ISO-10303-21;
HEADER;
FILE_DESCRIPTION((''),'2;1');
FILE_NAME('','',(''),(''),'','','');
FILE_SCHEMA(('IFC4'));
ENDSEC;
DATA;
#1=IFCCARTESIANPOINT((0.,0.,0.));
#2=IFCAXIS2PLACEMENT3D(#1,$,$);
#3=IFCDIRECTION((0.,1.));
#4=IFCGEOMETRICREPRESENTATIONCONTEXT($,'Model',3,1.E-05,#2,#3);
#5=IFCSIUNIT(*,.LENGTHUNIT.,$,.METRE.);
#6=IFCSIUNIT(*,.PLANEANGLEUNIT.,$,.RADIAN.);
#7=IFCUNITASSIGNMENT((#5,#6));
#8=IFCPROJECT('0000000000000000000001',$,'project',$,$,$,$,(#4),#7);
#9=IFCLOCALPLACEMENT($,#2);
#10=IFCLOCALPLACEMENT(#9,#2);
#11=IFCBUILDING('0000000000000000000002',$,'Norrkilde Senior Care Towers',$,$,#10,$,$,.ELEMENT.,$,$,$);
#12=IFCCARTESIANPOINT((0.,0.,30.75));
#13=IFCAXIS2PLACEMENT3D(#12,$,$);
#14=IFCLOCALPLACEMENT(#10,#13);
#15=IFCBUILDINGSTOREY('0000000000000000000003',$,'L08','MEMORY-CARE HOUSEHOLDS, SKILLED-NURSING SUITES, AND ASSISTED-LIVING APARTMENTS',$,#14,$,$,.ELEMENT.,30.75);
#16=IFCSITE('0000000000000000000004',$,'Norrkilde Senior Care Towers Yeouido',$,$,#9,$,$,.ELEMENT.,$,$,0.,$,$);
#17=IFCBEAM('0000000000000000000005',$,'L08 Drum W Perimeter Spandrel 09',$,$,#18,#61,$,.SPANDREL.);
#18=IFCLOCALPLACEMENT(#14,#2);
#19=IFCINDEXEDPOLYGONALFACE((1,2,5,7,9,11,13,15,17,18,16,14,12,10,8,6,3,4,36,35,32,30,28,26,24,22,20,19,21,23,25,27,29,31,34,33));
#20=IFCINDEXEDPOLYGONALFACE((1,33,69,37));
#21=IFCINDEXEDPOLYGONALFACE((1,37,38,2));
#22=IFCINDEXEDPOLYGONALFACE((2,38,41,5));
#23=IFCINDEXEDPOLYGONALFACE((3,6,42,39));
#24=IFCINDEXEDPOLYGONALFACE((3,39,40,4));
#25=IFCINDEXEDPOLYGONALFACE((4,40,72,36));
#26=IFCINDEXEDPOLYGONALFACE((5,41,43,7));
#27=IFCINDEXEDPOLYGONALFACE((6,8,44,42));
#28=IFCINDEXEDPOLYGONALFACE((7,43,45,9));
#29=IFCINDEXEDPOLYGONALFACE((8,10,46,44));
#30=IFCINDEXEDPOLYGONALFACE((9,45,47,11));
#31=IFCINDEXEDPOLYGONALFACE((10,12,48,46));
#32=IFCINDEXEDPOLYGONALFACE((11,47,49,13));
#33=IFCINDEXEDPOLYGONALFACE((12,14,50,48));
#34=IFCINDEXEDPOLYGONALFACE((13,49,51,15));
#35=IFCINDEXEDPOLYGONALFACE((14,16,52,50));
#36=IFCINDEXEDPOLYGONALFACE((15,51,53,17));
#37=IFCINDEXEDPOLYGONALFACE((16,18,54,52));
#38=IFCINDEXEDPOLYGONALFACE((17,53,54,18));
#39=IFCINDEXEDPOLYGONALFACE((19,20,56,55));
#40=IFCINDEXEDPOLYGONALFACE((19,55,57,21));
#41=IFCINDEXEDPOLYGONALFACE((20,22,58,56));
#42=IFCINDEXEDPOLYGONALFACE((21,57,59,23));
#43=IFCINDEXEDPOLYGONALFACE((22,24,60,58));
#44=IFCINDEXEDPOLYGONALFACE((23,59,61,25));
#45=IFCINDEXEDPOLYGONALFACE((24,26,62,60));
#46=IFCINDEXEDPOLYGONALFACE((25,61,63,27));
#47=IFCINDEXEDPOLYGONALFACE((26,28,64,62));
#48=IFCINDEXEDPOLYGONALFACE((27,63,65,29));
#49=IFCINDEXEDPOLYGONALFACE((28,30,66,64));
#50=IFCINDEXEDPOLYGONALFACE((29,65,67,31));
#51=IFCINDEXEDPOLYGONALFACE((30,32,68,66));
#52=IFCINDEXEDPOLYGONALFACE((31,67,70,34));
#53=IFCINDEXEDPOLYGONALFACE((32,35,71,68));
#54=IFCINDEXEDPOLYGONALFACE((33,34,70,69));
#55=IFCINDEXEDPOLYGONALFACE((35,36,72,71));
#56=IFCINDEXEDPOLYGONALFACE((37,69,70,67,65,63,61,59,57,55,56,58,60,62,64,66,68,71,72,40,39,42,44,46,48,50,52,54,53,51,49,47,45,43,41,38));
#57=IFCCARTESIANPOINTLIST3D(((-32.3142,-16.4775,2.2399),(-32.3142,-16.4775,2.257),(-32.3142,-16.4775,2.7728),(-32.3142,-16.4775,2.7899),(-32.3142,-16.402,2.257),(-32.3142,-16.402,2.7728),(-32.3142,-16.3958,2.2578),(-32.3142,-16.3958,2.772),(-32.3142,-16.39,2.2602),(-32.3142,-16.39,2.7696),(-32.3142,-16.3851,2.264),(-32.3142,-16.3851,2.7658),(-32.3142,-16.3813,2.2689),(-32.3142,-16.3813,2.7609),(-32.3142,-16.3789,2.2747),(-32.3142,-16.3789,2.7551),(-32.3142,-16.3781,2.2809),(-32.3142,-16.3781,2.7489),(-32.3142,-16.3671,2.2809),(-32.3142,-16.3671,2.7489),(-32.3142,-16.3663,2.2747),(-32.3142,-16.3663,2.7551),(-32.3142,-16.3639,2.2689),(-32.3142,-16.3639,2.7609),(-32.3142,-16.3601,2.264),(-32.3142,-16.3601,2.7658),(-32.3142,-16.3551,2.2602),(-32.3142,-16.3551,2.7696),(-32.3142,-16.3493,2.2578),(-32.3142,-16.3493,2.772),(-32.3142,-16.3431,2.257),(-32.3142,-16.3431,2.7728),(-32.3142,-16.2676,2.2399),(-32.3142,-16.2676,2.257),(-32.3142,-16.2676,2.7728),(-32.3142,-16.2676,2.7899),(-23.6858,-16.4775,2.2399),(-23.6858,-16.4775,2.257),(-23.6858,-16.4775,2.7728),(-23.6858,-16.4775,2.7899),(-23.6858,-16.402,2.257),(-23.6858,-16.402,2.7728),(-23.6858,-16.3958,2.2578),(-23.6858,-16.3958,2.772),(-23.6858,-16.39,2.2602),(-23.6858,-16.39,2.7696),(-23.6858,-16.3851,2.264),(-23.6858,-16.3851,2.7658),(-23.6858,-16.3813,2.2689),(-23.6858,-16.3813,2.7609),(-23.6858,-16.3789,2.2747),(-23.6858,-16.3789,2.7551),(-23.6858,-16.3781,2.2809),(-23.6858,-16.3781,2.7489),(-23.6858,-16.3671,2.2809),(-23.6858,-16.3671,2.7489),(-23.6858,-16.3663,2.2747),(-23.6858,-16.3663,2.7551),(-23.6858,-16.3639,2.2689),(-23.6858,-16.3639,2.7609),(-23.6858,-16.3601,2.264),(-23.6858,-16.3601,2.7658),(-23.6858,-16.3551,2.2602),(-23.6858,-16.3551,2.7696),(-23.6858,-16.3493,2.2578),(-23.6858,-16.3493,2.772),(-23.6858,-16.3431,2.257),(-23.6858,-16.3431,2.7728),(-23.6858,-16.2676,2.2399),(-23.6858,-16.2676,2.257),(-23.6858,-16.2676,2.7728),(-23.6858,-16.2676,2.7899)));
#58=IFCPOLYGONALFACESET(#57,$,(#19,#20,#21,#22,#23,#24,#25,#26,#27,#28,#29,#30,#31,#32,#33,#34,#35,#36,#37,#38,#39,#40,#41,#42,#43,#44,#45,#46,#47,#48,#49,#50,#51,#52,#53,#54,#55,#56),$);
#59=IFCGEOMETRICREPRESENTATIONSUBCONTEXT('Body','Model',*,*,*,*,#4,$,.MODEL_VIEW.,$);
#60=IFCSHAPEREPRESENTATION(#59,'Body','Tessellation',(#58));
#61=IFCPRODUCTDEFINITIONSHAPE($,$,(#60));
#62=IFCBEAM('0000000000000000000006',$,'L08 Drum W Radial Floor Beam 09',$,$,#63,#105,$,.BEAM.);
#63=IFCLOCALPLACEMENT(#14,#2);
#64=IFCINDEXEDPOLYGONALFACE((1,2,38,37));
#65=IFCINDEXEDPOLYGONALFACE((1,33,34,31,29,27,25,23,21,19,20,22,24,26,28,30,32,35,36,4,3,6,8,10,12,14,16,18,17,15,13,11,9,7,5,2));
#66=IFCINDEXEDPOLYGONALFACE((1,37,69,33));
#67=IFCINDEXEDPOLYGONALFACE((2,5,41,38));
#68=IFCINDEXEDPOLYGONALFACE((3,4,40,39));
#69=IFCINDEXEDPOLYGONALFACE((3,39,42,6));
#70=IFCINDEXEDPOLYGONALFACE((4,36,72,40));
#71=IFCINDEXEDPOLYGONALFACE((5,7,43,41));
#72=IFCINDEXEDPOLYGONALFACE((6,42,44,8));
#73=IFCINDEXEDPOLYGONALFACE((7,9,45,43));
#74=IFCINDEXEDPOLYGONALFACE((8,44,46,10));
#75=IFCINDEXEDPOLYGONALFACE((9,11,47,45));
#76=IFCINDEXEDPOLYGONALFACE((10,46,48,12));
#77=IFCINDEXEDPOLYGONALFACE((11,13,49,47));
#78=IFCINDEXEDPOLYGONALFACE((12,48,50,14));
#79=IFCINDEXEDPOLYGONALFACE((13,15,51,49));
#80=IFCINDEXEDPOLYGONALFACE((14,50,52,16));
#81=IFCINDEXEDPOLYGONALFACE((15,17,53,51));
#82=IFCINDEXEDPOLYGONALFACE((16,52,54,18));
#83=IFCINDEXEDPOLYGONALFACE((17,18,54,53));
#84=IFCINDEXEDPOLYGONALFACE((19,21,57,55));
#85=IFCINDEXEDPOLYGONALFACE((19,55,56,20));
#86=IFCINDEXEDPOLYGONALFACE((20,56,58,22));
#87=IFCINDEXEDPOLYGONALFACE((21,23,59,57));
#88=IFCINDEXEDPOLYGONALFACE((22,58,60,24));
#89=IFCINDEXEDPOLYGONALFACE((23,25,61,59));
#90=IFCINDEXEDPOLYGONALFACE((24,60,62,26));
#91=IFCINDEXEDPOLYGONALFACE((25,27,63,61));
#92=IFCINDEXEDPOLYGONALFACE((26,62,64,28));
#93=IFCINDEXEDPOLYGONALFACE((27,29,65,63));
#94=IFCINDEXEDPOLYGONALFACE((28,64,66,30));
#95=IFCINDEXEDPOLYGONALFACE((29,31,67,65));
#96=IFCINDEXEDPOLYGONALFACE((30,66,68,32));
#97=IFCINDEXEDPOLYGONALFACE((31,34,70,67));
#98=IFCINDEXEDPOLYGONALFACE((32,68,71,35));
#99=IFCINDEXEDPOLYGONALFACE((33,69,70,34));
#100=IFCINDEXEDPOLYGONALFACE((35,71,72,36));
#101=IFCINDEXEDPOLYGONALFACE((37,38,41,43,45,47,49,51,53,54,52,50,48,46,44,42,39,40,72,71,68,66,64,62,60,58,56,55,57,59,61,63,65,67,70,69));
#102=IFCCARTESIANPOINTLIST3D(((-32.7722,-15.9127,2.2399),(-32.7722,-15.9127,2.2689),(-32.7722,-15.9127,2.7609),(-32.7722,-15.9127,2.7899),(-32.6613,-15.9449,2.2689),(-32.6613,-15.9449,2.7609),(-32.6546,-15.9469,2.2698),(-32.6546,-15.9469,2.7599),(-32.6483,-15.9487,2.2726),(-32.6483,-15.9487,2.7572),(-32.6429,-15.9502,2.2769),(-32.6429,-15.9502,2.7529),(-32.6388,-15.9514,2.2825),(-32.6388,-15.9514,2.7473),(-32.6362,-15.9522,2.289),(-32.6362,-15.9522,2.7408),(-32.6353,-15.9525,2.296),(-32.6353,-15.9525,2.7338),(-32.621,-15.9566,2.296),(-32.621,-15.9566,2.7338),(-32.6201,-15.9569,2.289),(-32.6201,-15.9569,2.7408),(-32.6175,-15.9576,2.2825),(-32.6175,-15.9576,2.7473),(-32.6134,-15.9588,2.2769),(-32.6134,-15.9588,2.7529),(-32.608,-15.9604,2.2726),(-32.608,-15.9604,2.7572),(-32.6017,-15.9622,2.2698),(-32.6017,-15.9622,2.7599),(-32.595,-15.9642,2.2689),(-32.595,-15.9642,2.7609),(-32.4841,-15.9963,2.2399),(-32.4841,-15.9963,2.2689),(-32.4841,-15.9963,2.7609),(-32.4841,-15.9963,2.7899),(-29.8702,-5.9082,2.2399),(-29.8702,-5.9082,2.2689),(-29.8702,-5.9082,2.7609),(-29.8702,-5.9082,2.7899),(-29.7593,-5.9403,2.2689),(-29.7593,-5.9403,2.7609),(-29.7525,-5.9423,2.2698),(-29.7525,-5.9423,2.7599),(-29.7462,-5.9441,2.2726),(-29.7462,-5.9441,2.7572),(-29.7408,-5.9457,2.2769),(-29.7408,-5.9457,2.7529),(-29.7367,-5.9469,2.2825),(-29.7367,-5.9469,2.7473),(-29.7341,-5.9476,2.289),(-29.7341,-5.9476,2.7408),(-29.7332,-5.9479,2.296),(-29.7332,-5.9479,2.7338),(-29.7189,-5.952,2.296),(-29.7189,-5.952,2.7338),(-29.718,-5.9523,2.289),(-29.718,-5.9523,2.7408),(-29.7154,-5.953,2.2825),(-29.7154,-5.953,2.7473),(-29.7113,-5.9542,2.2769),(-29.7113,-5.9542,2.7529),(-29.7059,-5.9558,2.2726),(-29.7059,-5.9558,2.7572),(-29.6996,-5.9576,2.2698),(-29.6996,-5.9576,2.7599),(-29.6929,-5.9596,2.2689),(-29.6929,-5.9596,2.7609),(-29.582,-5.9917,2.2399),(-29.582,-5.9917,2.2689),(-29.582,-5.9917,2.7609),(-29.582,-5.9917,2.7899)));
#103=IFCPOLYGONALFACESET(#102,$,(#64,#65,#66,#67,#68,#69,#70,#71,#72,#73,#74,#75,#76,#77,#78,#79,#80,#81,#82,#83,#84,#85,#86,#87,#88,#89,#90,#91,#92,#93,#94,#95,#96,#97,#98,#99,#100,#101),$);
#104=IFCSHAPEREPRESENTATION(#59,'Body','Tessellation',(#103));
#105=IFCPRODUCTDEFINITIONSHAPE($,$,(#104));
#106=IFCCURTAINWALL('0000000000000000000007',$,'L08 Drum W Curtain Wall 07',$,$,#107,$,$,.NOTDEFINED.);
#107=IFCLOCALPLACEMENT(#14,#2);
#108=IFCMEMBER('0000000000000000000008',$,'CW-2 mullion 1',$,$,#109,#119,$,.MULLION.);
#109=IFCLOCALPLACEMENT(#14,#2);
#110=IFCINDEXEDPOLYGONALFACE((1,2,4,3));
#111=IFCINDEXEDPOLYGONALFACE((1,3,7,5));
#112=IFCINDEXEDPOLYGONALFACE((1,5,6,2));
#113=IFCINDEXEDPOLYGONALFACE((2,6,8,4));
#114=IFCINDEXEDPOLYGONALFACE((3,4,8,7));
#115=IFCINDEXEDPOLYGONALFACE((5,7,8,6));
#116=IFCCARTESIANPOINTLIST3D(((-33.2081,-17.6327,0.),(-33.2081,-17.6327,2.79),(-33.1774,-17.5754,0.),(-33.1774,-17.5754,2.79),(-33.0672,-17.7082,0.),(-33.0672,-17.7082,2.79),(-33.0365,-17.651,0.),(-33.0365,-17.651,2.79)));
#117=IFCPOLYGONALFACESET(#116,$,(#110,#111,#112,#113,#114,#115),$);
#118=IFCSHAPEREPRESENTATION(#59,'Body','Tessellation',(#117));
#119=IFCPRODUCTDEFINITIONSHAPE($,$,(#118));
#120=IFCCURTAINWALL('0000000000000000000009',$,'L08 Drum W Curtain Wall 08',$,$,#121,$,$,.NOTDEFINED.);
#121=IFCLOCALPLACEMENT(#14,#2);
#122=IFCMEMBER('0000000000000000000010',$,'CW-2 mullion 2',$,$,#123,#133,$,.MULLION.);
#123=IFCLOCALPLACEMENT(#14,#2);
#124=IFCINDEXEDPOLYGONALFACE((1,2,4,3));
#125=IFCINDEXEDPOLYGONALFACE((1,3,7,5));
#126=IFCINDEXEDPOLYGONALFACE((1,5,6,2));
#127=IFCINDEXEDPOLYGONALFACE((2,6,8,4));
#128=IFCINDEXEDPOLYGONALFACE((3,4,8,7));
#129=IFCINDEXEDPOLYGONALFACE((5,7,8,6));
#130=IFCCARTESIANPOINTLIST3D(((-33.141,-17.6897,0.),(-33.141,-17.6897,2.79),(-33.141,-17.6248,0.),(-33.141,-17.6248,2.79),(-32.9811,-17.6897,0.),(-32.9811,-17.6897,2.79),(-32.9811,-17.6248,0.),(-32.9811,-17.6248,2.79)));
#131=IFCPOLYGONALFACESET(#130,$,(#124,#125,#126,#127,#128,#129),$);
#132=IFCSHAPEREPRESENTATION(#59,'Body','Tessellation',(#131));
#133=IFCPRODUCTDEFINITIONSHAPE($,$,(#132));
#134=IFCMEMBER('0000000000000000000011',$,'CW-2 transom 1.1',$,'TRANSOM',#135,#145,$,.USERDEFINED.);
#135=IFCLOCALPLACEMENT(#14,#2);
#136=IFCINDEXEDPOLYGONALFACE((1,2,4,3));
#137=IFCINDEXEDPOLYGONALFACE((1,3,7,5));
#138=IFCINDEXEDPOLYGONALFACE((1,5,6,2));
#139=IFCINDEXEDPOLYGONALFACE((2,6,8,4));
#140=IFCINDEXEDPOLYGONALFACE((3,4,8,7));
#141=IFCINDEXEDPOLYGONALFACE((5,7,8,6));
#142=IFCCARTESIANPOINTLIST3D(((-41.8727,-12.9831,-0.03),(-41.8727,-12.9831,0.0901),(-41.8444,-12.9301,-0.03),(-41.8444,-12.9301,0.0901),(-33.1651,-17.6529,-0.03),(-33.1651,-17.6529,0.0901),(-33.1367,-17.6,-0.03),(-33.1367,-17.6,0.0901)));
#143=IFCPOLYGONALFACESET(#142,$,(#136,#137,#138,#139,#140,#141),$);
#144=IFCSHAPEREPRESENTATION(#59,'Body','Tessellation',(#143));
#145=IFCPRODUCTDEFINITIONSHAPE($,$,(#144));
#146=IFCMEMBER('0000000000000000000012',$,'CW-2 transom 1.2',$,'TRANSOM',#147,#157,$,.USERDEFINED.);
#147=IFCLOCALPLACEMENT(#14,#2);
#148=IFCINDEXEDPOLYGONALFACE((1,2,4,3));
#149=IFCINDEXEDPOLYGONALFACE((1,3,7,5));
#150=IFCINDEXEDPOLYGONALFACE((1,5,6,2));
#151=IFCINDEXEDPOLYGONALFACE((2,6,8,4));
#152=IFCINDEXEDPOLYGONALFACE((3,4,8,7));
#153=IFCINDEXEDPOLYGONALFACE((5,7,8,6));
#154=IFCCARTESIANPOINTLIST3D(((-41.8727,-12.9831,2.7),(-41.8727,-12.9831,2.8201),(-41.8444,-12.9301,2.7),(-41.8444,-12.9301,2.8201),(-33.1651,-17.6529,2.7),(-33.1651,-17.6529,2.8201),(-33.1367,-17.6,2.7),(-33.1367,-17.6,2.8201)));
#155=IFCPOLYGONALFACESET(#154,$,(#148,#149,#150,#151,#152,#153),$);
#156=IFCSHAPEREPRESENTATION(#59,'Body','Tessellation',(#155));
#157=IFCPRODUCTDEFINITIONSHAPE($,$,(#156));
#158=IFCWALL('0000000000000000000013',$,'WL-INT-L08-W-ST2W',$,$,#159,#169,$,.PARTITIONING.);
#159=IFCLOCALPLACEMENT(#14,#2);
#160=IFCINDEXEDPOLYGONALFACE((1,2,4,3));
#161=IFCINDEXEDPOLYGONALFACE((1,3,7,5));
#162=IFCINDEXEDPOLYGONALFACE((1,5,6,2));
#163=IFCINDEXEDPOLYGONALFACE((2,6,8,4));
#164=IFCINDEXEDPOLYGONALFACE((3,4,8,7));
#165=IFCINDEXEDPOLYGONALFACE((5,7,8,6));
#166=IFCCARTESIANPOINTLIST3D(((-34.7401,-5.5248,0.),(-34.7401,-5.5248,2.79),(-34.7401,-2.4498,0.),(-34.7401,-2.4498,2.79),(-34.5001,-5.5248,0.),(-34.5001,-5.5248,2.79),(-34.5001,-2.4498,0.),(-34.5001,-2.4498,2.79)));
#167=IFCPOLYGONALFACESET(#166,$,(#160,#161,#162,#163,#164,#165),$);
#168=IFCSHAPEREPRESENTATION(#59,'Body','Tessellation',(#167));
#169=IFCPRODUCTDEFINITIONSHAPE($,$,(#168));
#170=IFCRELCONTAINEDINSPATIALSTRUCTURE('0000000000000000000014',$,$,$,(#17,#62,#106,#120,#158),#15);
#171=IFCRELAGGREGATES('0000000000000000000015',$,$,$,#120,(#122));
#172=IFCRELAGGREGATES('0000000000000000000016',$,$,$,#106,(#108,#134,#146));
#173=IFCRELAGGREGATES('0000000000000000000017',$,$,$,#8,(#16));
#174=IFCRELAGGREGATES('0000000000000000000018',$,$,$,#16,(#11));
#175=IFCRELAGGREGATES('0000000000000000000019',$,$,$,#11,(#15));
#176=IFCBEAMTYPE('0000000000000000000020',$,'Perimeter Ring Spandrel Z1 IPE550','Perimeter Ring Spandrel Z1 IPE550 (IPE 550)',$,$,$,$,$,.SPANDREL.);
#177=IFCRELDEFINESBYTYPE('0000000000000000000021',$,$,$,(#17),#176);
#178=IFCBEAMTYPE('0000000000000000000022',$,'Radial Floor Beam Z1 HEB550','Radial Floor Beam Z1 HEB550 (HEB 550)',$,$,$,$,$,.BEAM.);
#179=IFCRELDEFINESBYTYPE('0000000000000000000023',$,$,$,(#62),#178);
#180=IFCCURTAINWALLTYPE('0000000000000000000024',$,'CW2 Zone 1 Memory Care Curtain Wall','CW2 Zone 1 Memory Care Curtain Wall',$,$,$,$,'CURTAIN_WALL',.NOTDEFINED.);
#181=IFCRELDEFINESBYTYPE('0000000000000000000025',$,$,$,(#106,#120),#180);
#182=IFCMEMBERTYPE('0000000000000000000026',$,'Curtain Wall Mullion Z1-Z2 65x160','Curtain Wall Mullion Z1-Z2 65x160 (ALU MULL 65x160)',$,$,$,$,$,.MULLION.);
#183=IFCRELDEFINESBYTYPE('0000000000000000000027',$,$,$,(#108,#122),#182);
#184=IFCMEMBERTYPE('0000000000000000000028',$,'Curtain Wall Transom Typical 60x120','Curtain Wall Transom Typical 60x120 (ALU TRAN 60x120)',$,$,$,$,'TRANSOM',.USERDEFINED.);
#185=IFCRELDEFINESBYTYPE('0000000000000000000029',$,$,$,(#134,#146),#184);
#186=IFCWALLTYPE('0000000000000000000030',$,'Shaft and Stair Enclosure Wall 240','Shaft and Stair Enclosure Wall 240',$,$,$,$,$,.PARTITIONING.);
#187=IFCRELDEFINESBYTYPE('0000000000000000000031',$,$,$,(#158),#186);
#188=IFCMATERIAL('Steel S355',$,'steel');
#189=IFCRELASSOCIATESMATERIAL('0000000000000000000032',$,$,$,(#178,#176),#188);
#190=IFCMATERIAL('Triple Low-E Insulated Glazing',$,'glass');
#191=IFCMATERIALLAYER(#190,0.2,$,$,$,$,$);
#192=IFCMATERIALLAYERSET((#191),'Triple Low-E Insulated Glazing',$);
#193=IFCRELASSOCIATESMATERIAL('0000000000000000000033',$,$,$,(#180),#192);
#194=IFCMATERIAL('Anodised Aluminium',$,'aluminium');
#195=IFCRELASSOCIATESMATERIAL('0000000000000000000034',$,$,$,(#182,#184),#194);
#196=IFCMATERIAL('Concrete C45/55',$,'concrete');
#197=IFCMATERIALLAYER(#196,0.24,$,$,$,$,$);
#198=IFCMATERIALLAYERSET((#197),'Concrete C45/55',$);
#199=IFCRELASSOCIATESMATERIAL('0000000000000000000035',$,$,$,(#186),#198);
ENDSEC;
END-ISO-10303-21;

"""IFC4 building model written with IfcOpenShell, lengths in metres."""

from ifc_helpers import new_model, si_unit, direction, frame, frame_2d, origin, origin_2d, place, context, subcontext, project, spatial, rectangle, i_section, extrude, source, transform, mapped, material, layer, layer_set, material_profile, profile_set, type_object, type_shapes, element, aggregate, save


model = new_model("IFC4")

# Units and contexts
model_context = context("Model", 3, precision=1e-05, world=origin(), true_north=direction((0.0, 1.0)))
body_context = subcontext(model_context, "Body", "Model", "MODEL_VIEW")
ifc_project = project(units=[si_unit("LENGTHUNIT", "METRE"), si_unit("PLANEANGLEUNIT", "RADIAN")], contexts=[model_context])

# Site, building, storey
site_placement = place(None, origin())
site = spatial("IfcSite", under=ifc_project, at=site_placement, Name="Norrkilde Senior Care Towers Yeouido", CompositionType="ELEMENT", RefElevation=0.0)
building_placement = place(site_placement, origin())
building = spatial("IfcBuilding", under=site, at=building_placement, Name="Norrkilde Senior Care Towers", CompositionType="ELEMENT")
storey_placement = place(building_placement, frame((0.0, 0.0, 30.75)))
storey = spatial("IfcBuildingStorey", under=building, at=storey_placement, Name="L08", Description="MEMORY-CARE HOUSEHOLDS, SKILLED-NURSING SUITES, AND ASSISTED-LIVING APARTMENTS", CompositionType="ELEMENT", Elevation=30.75)

# Beams
ifc_material_1 = material(Name="Steel S355", Category="steel")
ifc_material_profile_1 = material_profile(ifc_material_1, i_section(OverallWidth=0.3, OverallDepth=0.55, WebThickness=0.0149, FlangeThickness=0.0291, FilletRadius=0.0271, at=origin_2d()), Name="HEB 550")
ifc_profile_set_1 = profile_set([ifc_material_profile_1], Name="Steel S355")
beam_type_1 = type_object("IfcBeamType", Name="Radial Floor Beam Z1 HEB550", Description="Radial Floor Beam Z1 HEB550 (HEB 550)", PredefinedType="BEAM", material=ifc_profile_set_1)
ifc_material_profile_2 = material_profile(ifc_material_1, i_section(OverallWidth=0.21, OverallDepth=0.55, WebThickness=0.011, FlangeThickness=0.0171, FilletRadius=0.0239, at=origin_2d()), Name="IPE 550")
ifc_profile_set_2 = profile_set([ifc_material_profile_2], Name="Steel S355")
beam_type_2 = type_object("IfcBeamType", Name="Perimeter Ring Spandrel Z1 IPE550", Description="Perimeter Ring Spandrel Z1 IPE550 (IPE 550)", PredefinedType="SPANDREL", material=ifc_profile_set_2)
shared_shape_1 = source(origin(), body_context, "Body", "SweptSolid", [
    extrude(i_section(OverallWidth=0.21, OverallDepth=0.55, WebThickness=0.011, FlangeThickness=0.0171, FilletRadius=0.0239, at=origin_2d()), origin(), (0.0, 0.0, 1.0), 8.6284),
])
type_shapes(beam_type_2, [shared_shape_1])
beam_1_placement = place(storey_placement, frame((-32.3142, -16.3726, 2.5149), z_axis=(1.0, 0.0, 0.0), x_axis=(0.0, 1.0, 0.0)))
element("IfcBeam", 1, at=beam_1_placement, inside=storey, type_object=beam_type_2, Name="L08 Drum W Perimeter Spandrel 09", PredefinedType="SPANDREL", context=body_context, shape_type="MappedRepresentation", body=[
    mapped(shared_shape_1, transform((0.0, 0.0, 0.0), x_axis=(1.0, 0.0, 0.0), y_axis=(0.0, 1.0, 0.0), z_axis=(0.0, 0.0, 1.0), scale=1.0)),
])
shared_shape_2 = source(origin(), body_context, "Body", "SweptSolid", [
    extrude(i_section(OverallWidth=0.3, OverallDepth=0.55, WebThickness=0.0149, FlangeThickness=0.0291, FilletRadius=0.0271, at=origin_2d()), origin(), (0.0, 0.0, 1.0), 10.417),
])
beam_2_placement = place(storey_placement, frame((-29.7261, -5.95, 2.5149), z_axis=(-0.278591, -0.96041, 0.0), x_axis=(0.96041, -0.278591, 0.0)))
element("IfcBeam", 2, at=beam_2_placement, inside=storey, type_object=beam_type_1, Name="L08 Drum W Radial Floor Beam 09", PredefinedType="BEAM", context=body_context, shape_type="MappedRepresentation", body=[
    mapped(shared_shape_2, transform((0.0, 0.0, 0.0), x_axis=(1.0, 0.0, 0.0), y_axis=(0.0, 1.0, 0.0), z_axis=(0.0, 0.0, 1.0), scale=1.0)),
])

# Curtain walls, members
ifc_material_2 = material(Name="Triple Low-E Insulated Glazing", Category="glass")
ifc_layer_1 = layer(ifc_material_2, 0.2)
ifc_layer_set_1 = layer_set([ifc_layer_1], Name="Triple Low-E Insulated Glazing")
curtain_wall_type = type_object("IfcCurtainWallType", Name="CW2 Zone 1 Memory Care Curtain Wall", Description="CW2 Zone 1 Memory Care Curtain Wall", ElementType="CURTAIN_WALL", PredefinedType="NOTDEFINED", material=ifc_layer_set_1)
curtain_wall_1_placement = place(storey_placement, origin())
curtain_wall_1 = element("IfcCurtainWall", 3, at=curtain_wall_1_placement, inside=storey, type_object=curtain_wall_type, Name="L08 Drum W Curtain Wall 07", PredefinedType="NOTDEFINED")
ifc_material_3 = material(Name="Anodised Aluminium", Category="aluminium")
ifc_material_profile_3 = material_profile(ifc_material_3, rectangle(XDim=0.0649, YDim=0.1599, at=origin_2d()), Name="ALU MULL 65x160")
ifc_profile_set_3 = profile_set([ifc_material_profile_3], Name="Anodised Aluminium")
member_type_1 = type_object("IfcMemberType", Name="Curtain Wall Mullion Z1-Z2 65x160", Description="Curtain Wall Mullion Z1-Z2 65x160 (ALU MULL 65x160)", PredefinedType="MULLION", material=ifc_profile_set_3)
shared_shape_3 = source(origin(), body_context, "Body", "SweptSolid", [
    extrude(rectangle(XDim=0.0649, YDim=0.1599, at=origin_2d()), origin(), (0.0, 0.0, 1.0), 2.79),
])
type_shapes(member_type_1, [shared_shape_3])
member_1_placement = place(storey_placement, frame((-33.1223, -17.6418, 0.0), z_axis=(0.0, 0.0, 1.0), x_axis=(-0.472608, -0.881273, 0.0)))
member_1 = element("IfcMember", 4, at=member_1_placement, type_object=member_type_1, Name="CW-2 mullion 1", PredefinedType="MULLION", context=body_context, shape_type="MappedRepresentation", body=[
    mapped(shared_shape_3, transform((0.0, 0.0, 0.0), x_axis=(1.0, 0.0, 0.0), y_axis=(0.0, 1.0, 0.0), z_axis=(0.0, 0.0, 1.0), scale=1.0)),
])
curtain_wall_2_placement = place(storey_placement, origin())
curtain_wall_2 = element("IfcCurtainWall", 5, at=curtain_wall_2_placement, inside=storey, type_object=curtain_wall_type, Name="L08 Drum W Curtain Wall 08", PredefinedType="NOTDEFINED")
member_2_placement = place(storey_placement, frame((-33.061, -17.6572, 0.0), z_axis=(0.0, 0.0, 1.0), x_axis=(0.0, -1.0, 0.0)))
member_2 = element("IfcMember", 6, at=member_2_placement, type_object=member_type_1, Name="CW-2 mullion 2", PredefinedType="MULLION", context=body_context, shape_type="MappedRepresentation", body=[
    mapped(shared_shape_3, transform((0.0, 0.0, 0.0), x_axis=(1.0, 0.0, 0.0), y_axis=(0.0, 1.0, 0.0), z_axis=(0.0, 0.0, 1.0), scale=1.0)),
])
aggregate(curtain_wall_2, [member_2])

# Members
ifc_material_profile_4 = material_profile(ifc_material_3, rectangle(XDim=0.0601, YDim=0.1201, at=origin_2d()), Name="ALU TRAN 60x120")
ifc_profile_set_4 = profile_set([ifc_material_profile_4], Name="Anodised Aluminium")
member_type_2 = type_object("IfcMemberType", Name="Curtain Wall Transom Typical 60x120", Description="Curtain Wall Transom Typical 60x120 (ALU TRAN 60x120)", ElementType="TRANSOM", PredefinedType="USERDEFINED", material=ifc_profile_set_4)
shared_shape_4 = source(origin(), body_context, "Body", "SweptSolid", [
    extrude(rectangle(XDim=0.0601, YDim=0.1201, at=origin_2d()), origin(), (0.0, 0.0, 1.0), 9.8809),
])
type_shapes(member_type_2, [shared_shape_4])
member_3_placement = place(storey_placement, frame((-33.1509, -17.6265, 0.03), z_axis=(-0.881267, 0.472618, 0.0), x_axis=(-0.472618, -0.881267, 0.0)))
member_3 = element("IfcMember", 7, at=member_3_placement, type_object=member_type_2, Name="CW-2 transom 1.1", ObjectType="TRANSOM", PredefinedType="USERDEFINED", context=body_context, shape_type="MappedRepresentation", body=[
    mapped(shared_shape_4, transform((0.0, 0.0, 0.0), x_axis=(1.0, 0.0, 0.0), y_axis=(0.0, 1.0, 0.0), z_axis=(0.0, 0.0, 1.0), scale=1.0)),
])
member_4_placement = place(storey_placement, frame((-33.1509, -17.6265, 2.76), z_axis=(-0.881267, 0.472618, 0.0), x_axis=(-0.472618, -0.881267, 0.0)))
member_4 = element("IfcMember", 8, at=member_4_placement, type_object=member_type_2, Name="CW-2 transom 1.2", ObjectType="TRANSOM", PredefinedType="USERDEFINED", context=body_context, shape_type="MappedRepresentation", body=[
    mapped(shared_shape_4, transform((0.0, 0.0, 0.0), x_axis=(1.0, 0.0, 0.0), y_axis=(0.0, 1.0, 0.0), z_axis=(0.0, 0.0, 1.0), scale=1.0)),
])
aggregate(curtain_wall_1, [member_1, member_3, member_4])

# Shared definitions
ifc_material_4 = material(Name="Concrete C45/55", Category="concrete")
ifc_layer_2 = layer(ifc_material_4, 0.24)
ifc_layer_set_2 = layer_set([ifc_layer_2], Name="Concrete C45/55")
wall_type_1 = type_object("IfcWallType", Name="Shaft and Stair Enclosure Wall 240", Description="Shaft and Stair Enclosure Wall 240", PredefinedType="PARTITIONING", material=ifc_layer_set_2)

# Wall
shared_shape_5 = source(origin(), body_context, "Body", "SweptSolid", [
    extrude(rectangle(XDim=3.075, YDim=0.24, at=frame_2d((1.5376, 0.0))), origin(), (0.0, 0.0, 1.0), 2.79),
])
wall_1_placement = place(storey_placement, frame((-34.6201, -5.5249, 0.0), z_axis=(0.0, 0.0, 1.0), x_axis=(0.0, 1.0, 0.0)))
element("IfcWall", 9, at=wall_1_placement, inside=storey, type_object=wall_type_1, Name="WL-INT-L08-W-ST2W", PredefinedType="PARTITIONING", context=body_context, shape_type="MappedRepresentation", body=[
    mapped(shared_shape_5, transform((0.0, 0.0, 0.0), x_axis=(1.0, 0.0, 0.0), y_axis=(0.0, 1.0, 0.0), z_axis=(0.0, 0.0, 1.0), scale=1.0)),
])

save(model, "model.ifc")
